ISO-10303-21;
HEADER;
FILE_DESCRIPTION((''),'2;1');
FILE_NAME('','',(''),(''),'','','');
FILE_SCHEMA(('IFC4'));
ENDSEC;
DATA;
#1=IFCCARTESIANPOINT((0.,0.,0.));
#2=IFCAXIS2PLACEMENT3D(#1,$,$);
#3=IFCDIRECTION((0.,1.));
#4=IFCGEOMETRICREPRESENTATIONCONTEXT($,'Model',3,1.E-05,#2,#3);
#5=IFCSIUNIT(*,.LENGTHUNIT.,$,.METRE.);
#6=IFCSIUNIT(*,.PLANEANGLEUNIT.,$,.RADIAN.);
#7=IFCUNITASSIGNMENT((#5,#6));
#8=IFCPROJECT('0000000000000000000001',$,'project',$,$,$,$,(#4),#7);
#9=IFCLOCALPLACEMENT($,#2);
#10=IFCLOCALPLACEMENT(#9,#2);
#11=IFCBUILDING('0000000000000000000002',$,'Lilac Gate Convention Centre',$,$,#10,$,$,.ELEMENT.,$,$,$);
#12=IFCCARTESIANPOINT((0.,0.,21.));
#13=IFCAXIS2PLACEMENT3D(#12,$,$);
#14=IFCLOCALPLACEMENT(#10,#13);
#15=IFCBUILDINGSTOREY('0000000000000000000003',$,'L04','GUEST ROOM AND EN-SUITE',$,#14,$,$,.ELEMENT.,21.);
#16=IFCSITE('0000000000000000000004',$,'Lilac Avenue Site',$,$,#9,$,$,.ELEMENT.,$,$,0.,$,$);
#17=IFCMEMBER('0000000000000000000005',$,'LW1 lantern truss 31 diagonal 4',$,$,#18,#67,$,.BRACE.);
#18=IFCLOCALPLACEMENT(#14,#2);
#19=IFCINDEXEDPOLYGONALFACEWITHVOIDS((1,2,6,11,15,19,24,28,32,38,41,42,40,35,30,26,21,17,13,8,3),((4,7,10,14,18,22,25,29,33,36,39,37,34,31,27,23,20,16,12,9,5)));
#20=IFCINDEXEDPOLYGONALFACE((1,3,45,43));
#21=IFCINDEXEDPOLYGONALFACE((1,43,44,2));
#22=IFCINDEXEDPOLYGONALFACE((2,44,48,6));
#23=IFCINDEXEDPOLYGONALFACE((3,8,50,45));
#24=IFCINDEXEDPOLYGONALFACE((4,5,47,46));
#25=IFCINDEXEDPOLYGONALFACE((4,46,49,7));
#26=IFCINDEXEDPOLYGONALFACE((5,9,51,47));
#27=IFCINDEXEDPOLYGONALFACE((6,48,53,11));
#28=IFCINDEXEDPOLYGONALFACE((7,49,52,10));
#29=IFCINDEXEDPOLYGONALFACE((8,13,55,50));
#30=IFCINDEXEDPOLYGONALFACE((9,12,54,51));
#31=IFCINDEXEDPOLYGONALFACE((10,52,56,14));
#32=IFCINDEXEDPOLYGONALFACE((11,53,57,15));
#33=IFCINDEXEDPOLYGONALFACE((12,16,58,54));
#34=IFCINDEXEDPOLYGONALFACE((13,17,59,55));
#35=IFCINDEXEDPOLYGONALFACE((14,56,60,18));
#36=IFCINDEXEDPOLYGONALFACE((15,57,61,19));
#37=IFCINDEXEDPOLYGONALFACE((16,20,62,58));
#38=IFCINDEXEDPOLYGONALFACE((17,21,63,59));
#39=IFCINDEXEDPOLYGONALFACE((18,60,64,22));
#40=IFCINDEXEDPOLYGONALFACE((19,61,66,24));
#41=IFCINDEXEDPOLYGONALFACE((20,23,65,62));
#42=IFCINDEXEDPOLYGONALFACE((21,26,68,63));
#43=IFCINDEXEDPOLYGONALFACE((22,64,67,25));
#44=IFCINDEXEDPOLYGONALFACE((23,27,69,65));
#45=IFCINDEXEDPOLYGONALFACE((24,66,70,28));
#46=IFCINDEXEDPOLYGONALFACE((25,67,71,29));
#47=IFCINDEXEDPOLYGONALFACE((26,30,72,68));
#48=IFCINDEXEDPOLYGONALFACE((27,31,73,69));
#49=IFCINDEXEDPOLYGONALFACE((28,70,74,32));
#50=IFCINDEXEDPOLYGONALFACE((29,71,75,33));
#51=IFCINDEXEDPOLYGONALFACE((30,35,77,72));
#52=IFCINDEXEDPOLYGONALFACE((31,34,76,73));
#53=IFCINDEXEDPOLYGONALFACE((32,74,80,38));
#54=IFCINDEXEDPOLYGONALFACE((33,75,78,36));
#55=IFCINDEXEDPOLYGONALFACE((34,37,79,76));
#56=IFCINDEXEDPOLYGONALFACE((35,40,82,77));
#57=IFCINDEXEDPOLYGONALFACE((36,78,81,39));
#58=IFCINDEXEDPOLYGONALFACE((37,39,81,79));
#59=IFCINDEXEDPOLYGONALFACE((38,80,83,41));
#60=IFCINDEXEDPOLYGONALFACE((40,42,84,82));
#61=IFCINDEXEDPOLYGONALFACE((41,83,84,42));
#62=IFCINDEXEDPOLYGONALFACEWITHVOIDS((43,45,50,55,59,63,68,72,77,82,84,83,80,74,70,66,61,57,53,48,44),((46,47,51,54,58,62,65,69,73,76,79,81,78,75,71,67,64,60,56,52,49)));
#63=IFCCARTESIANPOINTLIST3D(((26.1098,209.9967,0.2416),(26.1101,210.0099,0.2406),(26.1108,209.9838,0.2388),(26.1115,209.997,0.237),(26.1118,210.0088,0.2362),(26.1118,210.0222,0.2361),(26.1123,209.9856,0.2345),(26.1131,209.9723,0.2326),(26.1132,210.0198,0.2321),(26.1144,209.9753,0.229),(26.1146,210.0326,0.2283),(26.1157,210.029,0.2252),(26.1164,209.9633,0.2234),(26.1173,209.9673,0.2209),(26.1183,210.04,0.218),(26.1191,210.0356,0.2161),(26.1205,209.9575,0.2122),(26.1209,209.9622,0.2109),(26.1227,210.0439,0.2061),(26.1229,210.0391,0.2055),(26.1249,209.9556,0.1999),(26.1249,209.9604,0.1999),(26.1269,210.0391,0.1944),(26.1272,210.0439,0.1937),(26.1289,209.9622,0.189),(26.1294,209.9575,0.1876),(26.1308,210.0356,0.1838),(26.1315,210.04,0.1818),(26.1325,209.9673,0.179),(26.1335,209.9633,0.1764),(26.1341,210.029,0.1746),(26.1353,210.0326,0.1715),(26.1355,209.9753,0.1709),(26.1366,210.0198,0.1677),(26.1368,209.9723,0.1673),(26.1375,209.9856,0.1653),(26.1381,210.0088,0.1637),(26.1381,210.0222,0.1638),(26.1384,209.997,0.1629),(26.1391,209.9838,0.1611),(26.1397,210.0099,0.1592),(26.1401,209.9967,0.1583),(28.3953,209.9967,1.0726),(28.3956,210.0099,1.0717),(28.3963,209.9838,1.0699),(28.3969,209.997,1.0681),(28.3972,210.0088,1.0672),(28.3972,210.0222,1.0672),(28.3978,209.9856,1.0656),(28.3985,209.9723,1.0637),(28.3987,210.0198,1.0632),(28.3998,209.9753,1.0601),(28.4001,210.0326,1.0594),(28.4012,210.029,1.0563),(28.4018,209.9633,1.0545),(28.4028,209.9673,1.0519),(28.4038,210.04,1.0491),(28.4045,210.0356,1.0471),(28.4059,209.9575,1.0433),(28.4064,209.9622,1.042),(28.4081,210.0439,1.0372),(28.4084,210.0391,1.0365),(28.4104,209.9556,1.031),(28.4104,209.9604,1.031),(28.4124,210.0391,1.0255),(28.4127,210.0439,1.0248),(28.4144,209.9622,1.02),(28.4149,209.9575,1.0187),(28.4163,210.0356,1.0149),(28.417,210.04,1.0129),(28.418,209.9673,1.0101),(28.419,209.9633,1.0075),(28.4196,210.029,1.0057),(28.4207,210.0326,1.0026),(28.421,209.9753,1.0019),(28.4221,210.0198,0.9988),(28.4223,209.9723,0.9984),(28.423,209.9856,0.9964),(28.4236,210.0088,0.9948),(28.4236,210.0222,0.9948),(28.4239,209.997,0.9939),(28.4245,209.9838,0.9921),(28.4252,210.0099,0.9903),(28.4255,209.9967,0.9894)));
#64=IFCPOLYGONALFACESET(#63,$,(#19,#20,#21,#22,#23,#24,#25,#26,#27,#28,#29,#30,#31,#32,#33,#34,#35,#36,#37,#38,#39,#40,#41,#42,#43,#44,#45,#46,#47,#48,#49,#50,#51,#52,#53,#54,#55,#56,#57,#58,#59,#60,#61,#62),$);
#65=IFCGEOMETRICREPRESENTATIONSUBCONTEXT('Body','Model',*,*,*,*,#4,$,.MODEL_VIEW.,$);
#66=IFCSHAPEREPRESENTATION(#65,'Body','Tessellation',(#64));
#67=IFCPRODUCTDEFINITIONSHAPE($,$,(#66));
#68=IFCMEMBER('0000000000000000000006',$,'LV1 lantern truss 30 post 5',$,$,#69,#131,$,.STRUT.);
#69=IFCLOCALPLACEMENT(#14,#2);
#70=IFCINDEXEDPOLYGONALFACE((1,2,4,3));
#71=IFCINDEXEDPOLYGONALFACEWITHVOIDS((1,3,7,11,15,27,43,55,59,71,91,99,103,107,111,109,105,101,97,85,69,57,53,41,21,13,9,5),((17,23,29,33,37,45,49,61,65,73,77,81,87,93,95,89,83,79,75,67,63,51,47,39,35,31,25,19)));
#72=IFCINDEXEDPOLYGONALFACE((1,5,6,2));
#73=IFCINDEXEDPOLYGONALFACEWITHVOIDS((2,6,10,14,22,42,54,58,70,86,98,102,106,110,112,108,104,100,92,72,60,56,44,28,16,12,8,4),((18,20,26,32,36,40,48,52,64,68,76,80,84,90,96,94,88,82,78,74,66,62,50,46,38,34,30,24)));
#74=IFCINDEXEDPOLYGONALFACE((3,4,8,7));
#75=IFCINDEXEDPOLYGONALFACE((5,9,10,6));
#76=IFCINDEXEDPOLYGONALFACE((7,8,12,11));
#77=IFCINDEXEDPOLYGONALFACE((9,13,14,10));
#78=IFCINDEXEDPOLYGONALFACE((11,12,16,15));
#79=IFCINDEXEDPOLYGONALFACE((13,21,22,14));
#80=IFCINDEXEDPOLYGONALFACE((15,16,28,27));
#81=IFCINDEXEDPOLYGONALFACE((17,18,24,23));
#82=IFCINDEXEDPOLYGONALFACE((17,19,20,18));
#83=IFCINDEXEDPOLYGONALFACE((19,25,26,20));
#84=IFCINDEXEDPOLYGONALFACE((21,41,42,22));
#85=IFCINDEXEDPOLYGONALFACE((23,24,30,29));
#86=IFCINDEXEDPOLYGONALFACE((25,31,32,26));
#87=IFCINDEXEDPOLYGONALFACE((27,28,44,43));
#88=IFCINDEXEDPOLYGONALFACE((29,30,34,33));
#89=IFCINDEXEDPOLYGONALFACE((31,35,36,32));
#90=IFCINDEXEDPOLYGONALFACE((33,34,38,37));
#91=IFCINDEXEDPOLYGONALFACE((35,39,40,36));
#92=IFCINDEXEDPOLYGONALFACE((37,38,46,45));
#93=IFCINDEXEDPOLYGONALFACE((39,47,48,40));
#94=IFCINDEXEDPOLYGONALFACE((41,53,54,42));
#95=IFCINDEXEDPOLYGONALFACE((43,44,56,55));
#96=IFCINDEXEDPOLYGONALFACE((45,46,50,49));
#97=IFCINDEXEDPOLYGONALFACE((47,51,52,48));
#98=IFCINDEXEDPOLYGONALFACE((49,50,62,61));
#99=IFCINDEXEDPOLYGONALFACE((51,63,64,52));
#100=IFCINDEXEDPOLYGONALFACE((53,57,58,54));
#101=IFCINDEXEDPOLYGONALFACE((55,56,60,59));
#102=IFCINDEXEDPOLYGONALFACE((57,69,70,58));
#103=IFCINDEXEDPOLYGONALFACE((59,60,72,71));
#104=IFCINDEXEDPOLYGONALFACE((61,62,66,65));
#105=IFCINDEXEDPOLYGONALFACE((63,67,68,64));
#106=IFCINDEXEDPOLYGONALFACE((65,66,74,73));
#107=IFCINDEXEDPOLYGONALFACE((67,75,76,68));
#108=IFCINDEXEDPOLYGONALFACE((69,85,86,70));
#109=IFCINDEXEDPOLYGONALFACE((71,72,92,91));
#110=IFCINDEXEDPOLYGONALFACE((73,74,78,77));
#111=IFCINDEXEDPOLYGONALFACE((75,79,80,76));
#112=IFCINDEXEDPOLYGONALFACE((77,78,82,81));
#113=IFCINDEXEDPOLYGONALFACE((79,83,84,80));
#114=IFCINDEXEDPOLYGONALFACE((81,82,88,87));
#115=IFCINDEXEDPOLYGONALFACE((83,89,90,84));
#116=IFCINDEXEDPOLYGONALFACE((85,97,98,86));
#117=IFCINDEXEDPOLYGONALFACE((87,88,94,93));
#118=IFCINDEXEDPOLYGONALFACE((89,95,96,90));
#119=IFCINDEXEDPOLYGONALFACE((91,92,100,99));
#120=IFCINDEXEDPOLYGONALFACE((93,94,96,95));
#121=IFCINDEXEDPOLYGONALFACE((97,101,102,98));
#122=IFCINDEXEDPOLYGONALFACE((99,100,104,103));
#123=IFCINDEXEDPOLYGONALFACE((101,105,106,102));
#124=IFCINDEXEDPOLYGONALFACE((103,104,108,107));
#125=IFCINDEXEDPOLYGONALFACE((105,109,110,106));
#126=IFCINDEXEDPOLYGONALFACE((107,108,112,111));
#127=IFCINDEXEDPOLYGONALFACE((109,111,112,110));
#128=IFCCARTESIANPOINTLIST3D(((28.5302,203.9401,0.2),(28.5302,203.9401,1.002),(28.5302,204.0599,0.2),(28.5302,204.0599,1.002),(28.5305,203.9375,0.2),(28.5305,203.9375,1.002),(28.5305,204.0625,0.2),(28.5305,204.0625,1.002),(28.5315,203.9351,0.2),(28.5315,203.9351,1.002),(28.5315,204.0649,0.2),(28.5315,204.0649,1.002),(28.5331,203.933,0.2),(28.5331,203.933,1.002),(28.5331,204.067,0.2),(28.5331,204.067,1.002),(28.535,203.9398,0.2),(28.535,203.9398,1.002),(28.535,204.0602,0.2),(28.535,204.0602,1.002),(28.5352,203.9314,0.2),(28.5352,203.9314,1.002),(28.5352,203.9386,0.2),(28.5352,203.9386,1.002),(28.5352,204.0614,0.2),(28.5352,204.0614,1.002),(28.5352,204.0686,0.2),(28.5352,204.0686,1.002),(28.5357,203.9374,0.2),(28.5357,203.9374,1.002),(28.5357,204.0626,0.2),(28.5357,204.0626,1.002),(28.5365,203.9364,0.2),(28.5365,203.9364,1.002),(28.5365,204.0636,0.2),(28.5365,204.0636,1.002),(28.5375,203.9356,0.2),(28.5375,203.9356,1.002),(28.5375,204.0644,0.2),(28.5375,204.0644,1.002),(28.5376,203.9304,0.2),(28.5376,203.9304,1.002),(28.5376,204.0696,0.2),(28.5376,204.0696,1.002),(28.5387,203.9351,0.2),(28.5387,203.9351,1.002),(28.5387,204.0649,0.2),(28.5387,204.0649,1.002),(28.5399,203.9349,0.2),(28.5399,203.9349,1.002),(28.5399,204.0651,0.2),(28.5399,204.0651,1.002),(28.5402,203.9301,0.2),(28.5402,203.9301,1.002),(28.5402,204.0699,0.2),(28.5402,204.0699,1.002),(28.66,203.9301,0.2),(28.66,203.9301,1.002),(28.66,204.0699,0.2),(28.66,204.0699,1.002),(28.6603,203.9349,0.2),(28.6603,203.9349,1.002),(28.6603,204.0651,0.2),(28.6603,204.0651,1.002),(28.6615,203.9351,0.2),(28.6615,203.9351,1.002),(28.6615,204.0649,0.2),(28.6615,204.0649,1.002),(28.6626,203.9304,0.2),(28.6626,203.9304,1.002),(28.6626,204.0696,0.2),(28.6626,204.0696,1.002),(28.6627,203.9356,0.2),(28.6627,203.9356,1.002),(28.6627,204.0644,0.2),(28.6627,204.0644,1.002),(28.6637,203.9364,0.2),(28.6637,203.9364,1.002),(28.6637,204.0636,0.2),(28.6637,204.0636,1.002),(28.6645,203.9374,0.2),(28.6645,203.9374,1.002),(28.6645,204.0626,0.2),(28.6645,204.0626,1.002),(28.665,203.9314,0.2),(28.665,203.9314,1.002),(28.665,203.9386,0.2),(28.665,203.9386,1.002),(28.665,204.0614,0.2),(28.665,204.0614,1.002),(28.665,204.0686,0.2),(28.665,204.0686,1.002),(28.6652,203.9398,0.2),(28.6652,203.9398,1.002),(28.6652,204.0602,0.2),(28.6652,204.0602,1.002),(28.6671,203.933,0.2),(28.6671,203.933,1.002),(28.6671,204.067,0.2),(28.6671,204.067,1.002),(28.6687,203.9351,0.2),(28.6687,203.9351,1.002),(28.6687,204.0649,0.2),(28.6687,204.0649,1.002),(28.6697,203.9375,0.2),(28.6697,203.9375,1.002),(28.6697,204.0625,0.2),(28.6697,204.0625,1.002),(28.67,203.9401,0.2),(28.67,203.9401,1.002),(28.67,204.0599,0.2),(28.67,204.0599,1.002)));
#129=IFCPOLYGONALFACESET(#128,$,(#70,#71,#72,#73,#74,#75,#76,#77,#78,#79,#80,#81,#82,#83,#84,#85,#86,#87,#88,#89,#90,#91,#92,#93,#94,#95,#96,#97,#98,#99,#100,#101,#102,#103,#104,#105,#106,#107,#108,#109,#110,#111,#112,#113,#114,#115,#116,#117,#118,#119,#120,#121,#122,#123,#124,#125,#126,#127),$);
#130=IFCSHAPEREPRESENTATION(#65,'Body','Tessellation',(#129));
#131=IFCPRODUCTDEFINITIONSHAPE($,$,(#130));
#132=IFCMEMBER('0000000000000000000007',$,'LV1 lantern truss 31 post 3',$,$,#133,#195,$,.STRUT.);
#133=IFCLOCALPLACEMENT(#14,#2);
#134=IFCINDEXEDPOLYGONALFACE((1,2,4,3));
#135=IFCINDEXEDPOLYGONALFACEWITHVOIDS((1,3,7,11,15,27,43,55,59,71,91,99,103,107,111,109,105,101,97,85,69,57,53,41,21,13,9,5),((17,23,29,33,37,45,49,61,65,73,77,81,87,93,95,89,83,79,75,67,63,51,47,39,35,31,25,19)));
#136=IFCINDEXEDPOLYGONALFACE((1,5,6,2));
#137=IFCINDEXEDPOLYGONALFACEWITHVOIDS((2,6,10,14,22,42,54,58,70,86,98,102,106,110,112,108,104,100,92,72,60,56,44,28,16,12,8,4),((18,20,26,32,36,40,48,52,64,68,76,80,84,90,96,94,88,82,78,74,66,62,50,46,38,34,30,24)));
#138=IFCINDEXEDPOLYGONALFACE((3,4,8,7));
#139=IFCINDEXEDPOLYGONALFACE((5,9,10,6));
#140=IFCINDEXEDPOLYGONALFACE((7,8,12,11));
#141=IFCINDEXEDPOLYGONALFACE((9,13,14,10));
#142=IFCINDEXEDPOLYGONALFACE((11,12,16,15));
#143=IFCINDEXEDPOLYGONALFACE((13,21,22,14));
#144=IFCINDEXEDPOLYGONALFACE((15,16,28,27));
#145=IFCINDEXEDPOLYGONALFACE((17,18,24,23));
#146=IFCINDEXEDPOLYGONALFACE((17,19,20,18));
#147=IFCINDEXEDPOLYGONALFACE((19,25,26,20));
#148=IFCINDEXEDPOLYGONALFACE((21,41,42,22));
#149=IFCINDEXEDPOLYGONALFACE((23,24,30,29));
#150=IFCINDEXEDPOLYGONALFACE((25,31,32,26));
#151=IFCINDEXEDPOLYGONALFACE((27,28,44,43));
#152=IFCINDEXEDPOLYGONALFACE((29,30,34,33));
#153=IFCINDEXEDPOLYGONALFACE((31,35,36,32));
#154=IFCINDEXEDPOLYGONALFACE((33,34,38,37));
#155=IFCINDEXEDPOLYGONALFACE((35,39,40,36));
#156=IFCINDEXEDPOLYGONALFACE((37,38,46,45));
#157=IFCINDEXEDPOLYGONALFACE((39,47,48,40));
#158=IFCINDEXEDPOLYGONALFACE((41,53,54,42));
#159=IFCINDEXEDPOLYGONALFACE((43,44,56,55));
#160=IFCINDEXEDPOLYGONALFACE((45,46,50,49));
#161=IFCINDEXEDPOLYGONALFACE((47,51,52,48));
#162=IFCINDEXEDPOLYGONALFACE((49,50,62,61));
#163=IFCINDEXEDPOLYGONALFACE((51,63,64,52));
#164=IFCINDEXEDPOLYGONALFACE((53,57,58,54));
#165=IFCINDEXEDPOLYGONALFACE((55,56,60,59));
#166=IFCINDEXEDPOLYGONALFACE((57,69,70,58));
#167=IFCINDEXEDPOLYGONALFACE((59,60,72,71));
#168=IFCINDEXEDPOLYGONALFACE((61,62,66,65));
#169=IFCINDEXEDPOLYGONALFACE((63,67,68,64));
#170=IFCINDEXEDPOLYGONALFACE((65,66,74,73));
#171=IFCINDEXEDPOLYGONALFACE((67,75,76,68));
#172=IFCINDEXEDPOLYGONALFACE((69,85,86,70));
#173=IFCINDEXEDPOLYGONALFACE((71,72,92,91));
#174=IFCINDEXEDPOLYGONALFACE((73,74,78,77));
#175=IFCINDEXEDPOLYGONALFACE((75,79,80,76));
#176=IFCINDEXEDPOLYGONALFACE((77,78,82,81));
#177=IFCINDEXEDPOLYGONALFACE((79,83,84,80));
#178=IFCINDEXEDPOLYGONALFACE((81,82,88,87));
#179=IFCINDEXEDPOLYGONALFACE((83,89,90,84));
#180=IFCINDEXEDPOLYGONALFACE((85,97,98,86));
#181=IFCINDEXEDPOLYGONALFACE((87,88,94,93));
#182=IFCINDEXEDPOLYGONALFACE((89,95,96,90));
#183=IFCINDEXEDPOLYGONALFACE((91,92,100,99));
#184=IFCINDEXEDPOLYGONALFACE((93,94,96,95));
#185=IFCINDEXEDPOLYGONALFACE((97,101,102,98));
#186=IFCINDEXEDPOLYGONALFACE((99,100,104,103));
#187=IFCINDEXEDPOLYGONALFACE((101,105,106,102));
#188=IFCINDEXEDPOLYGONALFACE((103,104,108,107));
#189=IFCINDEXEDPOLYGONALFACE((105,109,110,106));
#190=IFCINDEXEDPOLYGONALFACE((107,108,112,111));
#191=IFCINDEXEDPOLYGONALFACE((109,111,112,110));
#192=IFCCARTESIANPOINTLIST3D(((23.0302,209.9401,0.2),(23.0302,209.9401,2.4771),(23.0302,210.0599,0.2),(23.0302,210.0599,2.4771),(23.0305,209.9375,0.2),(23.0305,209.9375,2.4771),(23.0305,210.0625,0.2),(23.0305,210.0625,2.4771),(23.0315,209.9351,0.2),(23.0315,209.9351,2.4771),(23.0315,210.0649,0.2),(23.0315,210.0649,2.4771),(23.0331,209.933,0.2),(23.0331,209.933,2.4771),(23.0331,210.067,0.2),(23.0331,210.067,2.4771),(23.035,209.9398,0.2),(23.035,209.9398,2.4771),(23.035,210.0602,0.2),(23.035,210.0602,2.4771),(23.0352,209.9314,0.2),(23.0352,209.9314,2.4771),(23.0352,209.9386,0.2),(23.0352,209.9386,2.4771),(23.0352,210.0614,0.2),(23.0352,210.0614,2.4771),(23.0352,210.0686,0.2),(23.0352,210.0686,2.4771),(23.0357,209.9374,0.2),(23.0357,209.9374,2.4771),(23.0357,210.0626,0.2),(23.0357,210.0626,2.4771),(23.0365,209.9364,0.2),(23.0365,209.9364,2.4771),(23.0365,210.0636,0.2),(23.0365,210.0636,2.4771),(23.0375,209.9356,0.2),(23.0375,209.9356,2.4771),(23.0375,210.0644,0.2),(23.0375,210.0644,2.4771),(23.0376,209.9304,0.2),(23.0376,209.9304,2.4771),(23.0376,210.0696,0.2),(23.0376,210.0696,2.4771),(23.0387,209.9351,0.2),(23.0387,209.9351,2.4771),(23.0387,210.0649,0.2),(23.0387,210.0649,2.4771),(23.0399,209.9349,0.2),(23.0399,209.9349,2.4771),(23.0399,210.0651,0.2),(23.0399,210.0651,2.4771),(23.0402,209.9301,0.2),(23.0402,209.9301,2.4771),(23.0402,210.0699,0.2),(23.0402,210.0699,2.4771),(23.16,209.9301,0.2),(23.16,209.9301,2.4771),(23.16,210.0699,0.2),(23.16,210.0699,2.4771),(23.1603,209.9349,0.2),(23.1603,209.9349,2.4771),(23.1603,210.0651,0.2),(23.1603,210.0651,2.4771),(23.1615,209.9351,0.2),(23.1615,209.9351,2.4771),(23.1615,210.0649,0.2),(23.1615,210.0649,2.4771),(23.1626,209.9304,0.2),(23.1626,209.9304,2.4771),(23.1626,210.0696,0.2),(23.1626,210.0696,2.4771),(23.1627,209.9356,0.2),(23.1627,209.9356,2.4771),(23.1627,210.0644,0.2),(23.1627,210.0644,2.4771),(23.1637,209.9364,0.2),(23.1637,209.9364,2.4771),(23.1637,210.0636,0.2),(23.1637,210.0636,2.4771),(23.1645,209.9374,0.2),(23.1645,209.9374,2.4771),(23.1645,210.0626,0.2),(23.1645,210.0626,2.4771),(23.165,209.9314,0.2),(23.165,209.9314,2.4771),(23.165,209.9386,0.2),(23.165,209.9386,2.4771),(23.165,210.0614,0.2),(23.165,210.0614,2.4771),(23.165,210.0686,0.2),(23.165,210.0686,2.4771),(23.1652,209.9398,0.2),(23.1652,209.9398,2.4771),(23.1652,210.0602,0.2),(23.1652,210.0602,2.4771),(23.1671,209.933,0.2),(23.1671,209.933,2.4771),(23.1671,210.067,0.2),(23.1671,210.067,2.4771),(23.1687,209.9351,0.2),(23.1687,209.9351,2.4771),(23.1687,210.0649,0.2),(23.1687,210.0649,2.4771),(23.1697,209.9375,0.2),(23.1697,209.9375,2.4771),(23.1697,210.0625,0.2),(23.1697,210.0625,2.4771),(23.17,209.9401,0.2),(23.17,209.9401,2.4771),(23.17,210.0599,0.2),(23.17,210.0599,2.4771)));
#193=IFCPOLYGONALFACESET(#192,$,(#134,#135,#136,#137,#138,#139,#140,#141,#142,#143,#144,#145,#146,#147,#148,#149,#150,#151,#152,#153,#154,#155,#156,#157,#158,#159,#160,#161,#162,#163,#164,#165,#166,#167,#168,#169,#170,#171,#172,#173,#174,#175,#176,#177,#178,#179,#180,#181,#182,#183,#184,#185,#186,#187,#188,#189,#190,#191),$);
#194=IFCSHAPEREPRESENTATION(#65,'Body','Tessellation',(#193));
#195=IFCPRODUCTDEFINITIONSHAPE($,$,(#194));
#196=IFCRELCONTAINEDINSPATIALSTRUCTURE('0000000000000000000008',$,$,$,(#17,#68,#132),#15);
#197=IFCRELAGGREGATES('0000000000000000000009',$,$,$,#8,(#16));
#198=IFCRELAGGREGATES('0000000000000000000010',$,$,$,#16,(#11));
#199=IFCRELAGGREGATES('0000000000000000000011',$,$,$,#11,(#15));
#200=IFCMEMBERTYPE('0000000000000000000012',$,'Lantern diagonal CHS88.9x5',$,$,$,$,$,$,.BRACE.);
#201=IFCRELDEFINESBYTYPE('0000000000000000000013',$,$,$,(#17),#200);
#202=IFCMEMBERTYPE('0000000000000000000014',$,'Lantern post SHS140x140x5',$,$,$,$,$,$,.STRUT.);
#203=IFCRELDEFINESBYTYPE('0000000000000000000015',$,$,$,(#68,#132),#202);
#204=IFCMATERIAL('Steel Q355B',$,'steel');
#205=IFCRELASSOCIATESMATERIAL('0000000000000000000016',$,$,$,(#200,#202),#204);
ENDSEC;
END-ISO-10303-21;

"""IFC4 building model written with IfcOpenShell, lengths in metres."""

from ifc_helpers import new_model, si_unit, direction, frame, origin, origin_2d, place, context, subcontext, project, spatial, hollow_rectangle, hollow_circle, extrude, material, material_profile, profile_set, type_object, element, save


model = new_model("IFC4")

# Units and contexts
model_context = context("Model", 3, precision=1e-05, world=origin(), true_north=direction((0.0, 1.0)))
body_context = subcontext(model_context, "Body", "Model", "MODEL_VIEW")
ifc_project = project(units=[si_unit("LENGTHUNIT", "METRE"), si_unit("PLANEANGLEUNIT", "RADIAN")], contexts=[model_context])

# Site, building, storey
site_placement = place(None, origin())
site = spatial("IfcSite", under=ifc_project, at=site_placement, Name="Lilac Avenue Site", CompositionType="ELEMENT", RefElevation=0.0)
building_placement = place(site_placement, origin())
building = spatial("IfcBuilding", under=site, at=building_placement, Name="Lilac Gate Convention Centre", CompositionType="ELEMENT")
storey_placement = place(building_placement, frame((0.0, 0.0, 21.0)))
storey = spatial("IfcBuildingStorey", under=building, at=storey_placement, Name="L04", Description="GUEST ROOM AND EN-SUITE", CompositionType="ELEMENT", Elevation=21.0)

# Members
ifc_material_1 = material(Name="Steel Q355B", Category="steel")
ifc_material_profile_1 = material_profile(ifc_material_1, hollow_circle(Radius=0.0444, WallThickness=0.0049, at=origin_2d()), Name="CHS88.9x5")
ifc_profile_set_1 = profile_set([ifc_material_profile_1], Name="Steel Q355B")
member_type_1 = type_object("IfcMemberType", Name="Lantern diagonal CHS88.9x5", PredefinedType="BRACE", material=ifc_profile_set_1)
member_1_placement = place(storey_placement, frame((28.4104, 210.0, 1.031), z_axis=(-0.939793, 0.0, -0.341743), x_axis=(0.0, -1.0, 0.0)))
element("IfcMember", 1, at=member_1_placement, inside=storey, type_object=member_type_1, Name="LW1 lantern truss 31 diagonal 4", PredefinedType="BRACE", context=body_context, shape_type="SweptSolid", body=[
    extrude(hollow_circle(Radius=0.0444, WallThickness=0.0049, at=origin_2d()), origin(), (0.0, 0.0, 1.0), 2.4319),
])
ifc_material_profile_2 = material_profile(ifc_material_1, hollow_rectangle(XDim=0.1399, YDim=0.1399, WallThickness=0.0049, InnerFilletRadius=0.0049, OuterFilletRadius=0.01, at=origin_2d()), Name="SHS140x140x5")
ifc_profile_set_2 = profile_set([ifc_material_profile_2], Name="Steel Q355B")
member_type_2 = type_object("IfcMemberType", Name="Lantern post SHS140x140x5", PredefinedType="STRUT", material=ifc_profile_set_2)
member_2_placement = place(storey_placement, frame((28.6001, 204.0, 0.2), z_axis=(0.0, 0.0, 1.0), x_axis=(1.0, 0.0, 0.0)))
element("IfcMember", 2, at=member_2_placement, inside=storey, type_object=member_type_2, Name="LV1 lantern truss 30 post 5", PredefinedType="STRUT", context=body_context, shape_type="SweptSolid", body=[
    extrude(hollow_rectangle(XDim=0.1399, YDim=0.1399, WallThickness=0.0049, InnerFilletRadius=0.0049, OuterFilletRadius=0.01, at=origin_2d()), origin(), (0.0, 0.0, 1.0), 0.802),
])
member_3_placement = place(storey_placement, frame((23.1001, 210.0, 0.2), z_axis=(0.0, 0.0, 1.0), x_axis=(1.0, 0.0, 0.0)))
element("IfcMember", 3, at=member_3_placement, inside=storey, type_object=member_type_2, Name="LV1 lantern truss 31 post 3", PredefinedType="STRUT", context=body_context, shape_type="SweptSolid", body=[
    extrude(hollow_rectangle(XDim=0.1399, YDim=0.1399, WallThickness=0.0049, InnerFilletRadius=0.0049, OuterFilletRadius=0.01, at=origin_2d()), origin(), (0.0, 0.0, 1.0), 2.2771),
])

save(model, "model.ifc")
